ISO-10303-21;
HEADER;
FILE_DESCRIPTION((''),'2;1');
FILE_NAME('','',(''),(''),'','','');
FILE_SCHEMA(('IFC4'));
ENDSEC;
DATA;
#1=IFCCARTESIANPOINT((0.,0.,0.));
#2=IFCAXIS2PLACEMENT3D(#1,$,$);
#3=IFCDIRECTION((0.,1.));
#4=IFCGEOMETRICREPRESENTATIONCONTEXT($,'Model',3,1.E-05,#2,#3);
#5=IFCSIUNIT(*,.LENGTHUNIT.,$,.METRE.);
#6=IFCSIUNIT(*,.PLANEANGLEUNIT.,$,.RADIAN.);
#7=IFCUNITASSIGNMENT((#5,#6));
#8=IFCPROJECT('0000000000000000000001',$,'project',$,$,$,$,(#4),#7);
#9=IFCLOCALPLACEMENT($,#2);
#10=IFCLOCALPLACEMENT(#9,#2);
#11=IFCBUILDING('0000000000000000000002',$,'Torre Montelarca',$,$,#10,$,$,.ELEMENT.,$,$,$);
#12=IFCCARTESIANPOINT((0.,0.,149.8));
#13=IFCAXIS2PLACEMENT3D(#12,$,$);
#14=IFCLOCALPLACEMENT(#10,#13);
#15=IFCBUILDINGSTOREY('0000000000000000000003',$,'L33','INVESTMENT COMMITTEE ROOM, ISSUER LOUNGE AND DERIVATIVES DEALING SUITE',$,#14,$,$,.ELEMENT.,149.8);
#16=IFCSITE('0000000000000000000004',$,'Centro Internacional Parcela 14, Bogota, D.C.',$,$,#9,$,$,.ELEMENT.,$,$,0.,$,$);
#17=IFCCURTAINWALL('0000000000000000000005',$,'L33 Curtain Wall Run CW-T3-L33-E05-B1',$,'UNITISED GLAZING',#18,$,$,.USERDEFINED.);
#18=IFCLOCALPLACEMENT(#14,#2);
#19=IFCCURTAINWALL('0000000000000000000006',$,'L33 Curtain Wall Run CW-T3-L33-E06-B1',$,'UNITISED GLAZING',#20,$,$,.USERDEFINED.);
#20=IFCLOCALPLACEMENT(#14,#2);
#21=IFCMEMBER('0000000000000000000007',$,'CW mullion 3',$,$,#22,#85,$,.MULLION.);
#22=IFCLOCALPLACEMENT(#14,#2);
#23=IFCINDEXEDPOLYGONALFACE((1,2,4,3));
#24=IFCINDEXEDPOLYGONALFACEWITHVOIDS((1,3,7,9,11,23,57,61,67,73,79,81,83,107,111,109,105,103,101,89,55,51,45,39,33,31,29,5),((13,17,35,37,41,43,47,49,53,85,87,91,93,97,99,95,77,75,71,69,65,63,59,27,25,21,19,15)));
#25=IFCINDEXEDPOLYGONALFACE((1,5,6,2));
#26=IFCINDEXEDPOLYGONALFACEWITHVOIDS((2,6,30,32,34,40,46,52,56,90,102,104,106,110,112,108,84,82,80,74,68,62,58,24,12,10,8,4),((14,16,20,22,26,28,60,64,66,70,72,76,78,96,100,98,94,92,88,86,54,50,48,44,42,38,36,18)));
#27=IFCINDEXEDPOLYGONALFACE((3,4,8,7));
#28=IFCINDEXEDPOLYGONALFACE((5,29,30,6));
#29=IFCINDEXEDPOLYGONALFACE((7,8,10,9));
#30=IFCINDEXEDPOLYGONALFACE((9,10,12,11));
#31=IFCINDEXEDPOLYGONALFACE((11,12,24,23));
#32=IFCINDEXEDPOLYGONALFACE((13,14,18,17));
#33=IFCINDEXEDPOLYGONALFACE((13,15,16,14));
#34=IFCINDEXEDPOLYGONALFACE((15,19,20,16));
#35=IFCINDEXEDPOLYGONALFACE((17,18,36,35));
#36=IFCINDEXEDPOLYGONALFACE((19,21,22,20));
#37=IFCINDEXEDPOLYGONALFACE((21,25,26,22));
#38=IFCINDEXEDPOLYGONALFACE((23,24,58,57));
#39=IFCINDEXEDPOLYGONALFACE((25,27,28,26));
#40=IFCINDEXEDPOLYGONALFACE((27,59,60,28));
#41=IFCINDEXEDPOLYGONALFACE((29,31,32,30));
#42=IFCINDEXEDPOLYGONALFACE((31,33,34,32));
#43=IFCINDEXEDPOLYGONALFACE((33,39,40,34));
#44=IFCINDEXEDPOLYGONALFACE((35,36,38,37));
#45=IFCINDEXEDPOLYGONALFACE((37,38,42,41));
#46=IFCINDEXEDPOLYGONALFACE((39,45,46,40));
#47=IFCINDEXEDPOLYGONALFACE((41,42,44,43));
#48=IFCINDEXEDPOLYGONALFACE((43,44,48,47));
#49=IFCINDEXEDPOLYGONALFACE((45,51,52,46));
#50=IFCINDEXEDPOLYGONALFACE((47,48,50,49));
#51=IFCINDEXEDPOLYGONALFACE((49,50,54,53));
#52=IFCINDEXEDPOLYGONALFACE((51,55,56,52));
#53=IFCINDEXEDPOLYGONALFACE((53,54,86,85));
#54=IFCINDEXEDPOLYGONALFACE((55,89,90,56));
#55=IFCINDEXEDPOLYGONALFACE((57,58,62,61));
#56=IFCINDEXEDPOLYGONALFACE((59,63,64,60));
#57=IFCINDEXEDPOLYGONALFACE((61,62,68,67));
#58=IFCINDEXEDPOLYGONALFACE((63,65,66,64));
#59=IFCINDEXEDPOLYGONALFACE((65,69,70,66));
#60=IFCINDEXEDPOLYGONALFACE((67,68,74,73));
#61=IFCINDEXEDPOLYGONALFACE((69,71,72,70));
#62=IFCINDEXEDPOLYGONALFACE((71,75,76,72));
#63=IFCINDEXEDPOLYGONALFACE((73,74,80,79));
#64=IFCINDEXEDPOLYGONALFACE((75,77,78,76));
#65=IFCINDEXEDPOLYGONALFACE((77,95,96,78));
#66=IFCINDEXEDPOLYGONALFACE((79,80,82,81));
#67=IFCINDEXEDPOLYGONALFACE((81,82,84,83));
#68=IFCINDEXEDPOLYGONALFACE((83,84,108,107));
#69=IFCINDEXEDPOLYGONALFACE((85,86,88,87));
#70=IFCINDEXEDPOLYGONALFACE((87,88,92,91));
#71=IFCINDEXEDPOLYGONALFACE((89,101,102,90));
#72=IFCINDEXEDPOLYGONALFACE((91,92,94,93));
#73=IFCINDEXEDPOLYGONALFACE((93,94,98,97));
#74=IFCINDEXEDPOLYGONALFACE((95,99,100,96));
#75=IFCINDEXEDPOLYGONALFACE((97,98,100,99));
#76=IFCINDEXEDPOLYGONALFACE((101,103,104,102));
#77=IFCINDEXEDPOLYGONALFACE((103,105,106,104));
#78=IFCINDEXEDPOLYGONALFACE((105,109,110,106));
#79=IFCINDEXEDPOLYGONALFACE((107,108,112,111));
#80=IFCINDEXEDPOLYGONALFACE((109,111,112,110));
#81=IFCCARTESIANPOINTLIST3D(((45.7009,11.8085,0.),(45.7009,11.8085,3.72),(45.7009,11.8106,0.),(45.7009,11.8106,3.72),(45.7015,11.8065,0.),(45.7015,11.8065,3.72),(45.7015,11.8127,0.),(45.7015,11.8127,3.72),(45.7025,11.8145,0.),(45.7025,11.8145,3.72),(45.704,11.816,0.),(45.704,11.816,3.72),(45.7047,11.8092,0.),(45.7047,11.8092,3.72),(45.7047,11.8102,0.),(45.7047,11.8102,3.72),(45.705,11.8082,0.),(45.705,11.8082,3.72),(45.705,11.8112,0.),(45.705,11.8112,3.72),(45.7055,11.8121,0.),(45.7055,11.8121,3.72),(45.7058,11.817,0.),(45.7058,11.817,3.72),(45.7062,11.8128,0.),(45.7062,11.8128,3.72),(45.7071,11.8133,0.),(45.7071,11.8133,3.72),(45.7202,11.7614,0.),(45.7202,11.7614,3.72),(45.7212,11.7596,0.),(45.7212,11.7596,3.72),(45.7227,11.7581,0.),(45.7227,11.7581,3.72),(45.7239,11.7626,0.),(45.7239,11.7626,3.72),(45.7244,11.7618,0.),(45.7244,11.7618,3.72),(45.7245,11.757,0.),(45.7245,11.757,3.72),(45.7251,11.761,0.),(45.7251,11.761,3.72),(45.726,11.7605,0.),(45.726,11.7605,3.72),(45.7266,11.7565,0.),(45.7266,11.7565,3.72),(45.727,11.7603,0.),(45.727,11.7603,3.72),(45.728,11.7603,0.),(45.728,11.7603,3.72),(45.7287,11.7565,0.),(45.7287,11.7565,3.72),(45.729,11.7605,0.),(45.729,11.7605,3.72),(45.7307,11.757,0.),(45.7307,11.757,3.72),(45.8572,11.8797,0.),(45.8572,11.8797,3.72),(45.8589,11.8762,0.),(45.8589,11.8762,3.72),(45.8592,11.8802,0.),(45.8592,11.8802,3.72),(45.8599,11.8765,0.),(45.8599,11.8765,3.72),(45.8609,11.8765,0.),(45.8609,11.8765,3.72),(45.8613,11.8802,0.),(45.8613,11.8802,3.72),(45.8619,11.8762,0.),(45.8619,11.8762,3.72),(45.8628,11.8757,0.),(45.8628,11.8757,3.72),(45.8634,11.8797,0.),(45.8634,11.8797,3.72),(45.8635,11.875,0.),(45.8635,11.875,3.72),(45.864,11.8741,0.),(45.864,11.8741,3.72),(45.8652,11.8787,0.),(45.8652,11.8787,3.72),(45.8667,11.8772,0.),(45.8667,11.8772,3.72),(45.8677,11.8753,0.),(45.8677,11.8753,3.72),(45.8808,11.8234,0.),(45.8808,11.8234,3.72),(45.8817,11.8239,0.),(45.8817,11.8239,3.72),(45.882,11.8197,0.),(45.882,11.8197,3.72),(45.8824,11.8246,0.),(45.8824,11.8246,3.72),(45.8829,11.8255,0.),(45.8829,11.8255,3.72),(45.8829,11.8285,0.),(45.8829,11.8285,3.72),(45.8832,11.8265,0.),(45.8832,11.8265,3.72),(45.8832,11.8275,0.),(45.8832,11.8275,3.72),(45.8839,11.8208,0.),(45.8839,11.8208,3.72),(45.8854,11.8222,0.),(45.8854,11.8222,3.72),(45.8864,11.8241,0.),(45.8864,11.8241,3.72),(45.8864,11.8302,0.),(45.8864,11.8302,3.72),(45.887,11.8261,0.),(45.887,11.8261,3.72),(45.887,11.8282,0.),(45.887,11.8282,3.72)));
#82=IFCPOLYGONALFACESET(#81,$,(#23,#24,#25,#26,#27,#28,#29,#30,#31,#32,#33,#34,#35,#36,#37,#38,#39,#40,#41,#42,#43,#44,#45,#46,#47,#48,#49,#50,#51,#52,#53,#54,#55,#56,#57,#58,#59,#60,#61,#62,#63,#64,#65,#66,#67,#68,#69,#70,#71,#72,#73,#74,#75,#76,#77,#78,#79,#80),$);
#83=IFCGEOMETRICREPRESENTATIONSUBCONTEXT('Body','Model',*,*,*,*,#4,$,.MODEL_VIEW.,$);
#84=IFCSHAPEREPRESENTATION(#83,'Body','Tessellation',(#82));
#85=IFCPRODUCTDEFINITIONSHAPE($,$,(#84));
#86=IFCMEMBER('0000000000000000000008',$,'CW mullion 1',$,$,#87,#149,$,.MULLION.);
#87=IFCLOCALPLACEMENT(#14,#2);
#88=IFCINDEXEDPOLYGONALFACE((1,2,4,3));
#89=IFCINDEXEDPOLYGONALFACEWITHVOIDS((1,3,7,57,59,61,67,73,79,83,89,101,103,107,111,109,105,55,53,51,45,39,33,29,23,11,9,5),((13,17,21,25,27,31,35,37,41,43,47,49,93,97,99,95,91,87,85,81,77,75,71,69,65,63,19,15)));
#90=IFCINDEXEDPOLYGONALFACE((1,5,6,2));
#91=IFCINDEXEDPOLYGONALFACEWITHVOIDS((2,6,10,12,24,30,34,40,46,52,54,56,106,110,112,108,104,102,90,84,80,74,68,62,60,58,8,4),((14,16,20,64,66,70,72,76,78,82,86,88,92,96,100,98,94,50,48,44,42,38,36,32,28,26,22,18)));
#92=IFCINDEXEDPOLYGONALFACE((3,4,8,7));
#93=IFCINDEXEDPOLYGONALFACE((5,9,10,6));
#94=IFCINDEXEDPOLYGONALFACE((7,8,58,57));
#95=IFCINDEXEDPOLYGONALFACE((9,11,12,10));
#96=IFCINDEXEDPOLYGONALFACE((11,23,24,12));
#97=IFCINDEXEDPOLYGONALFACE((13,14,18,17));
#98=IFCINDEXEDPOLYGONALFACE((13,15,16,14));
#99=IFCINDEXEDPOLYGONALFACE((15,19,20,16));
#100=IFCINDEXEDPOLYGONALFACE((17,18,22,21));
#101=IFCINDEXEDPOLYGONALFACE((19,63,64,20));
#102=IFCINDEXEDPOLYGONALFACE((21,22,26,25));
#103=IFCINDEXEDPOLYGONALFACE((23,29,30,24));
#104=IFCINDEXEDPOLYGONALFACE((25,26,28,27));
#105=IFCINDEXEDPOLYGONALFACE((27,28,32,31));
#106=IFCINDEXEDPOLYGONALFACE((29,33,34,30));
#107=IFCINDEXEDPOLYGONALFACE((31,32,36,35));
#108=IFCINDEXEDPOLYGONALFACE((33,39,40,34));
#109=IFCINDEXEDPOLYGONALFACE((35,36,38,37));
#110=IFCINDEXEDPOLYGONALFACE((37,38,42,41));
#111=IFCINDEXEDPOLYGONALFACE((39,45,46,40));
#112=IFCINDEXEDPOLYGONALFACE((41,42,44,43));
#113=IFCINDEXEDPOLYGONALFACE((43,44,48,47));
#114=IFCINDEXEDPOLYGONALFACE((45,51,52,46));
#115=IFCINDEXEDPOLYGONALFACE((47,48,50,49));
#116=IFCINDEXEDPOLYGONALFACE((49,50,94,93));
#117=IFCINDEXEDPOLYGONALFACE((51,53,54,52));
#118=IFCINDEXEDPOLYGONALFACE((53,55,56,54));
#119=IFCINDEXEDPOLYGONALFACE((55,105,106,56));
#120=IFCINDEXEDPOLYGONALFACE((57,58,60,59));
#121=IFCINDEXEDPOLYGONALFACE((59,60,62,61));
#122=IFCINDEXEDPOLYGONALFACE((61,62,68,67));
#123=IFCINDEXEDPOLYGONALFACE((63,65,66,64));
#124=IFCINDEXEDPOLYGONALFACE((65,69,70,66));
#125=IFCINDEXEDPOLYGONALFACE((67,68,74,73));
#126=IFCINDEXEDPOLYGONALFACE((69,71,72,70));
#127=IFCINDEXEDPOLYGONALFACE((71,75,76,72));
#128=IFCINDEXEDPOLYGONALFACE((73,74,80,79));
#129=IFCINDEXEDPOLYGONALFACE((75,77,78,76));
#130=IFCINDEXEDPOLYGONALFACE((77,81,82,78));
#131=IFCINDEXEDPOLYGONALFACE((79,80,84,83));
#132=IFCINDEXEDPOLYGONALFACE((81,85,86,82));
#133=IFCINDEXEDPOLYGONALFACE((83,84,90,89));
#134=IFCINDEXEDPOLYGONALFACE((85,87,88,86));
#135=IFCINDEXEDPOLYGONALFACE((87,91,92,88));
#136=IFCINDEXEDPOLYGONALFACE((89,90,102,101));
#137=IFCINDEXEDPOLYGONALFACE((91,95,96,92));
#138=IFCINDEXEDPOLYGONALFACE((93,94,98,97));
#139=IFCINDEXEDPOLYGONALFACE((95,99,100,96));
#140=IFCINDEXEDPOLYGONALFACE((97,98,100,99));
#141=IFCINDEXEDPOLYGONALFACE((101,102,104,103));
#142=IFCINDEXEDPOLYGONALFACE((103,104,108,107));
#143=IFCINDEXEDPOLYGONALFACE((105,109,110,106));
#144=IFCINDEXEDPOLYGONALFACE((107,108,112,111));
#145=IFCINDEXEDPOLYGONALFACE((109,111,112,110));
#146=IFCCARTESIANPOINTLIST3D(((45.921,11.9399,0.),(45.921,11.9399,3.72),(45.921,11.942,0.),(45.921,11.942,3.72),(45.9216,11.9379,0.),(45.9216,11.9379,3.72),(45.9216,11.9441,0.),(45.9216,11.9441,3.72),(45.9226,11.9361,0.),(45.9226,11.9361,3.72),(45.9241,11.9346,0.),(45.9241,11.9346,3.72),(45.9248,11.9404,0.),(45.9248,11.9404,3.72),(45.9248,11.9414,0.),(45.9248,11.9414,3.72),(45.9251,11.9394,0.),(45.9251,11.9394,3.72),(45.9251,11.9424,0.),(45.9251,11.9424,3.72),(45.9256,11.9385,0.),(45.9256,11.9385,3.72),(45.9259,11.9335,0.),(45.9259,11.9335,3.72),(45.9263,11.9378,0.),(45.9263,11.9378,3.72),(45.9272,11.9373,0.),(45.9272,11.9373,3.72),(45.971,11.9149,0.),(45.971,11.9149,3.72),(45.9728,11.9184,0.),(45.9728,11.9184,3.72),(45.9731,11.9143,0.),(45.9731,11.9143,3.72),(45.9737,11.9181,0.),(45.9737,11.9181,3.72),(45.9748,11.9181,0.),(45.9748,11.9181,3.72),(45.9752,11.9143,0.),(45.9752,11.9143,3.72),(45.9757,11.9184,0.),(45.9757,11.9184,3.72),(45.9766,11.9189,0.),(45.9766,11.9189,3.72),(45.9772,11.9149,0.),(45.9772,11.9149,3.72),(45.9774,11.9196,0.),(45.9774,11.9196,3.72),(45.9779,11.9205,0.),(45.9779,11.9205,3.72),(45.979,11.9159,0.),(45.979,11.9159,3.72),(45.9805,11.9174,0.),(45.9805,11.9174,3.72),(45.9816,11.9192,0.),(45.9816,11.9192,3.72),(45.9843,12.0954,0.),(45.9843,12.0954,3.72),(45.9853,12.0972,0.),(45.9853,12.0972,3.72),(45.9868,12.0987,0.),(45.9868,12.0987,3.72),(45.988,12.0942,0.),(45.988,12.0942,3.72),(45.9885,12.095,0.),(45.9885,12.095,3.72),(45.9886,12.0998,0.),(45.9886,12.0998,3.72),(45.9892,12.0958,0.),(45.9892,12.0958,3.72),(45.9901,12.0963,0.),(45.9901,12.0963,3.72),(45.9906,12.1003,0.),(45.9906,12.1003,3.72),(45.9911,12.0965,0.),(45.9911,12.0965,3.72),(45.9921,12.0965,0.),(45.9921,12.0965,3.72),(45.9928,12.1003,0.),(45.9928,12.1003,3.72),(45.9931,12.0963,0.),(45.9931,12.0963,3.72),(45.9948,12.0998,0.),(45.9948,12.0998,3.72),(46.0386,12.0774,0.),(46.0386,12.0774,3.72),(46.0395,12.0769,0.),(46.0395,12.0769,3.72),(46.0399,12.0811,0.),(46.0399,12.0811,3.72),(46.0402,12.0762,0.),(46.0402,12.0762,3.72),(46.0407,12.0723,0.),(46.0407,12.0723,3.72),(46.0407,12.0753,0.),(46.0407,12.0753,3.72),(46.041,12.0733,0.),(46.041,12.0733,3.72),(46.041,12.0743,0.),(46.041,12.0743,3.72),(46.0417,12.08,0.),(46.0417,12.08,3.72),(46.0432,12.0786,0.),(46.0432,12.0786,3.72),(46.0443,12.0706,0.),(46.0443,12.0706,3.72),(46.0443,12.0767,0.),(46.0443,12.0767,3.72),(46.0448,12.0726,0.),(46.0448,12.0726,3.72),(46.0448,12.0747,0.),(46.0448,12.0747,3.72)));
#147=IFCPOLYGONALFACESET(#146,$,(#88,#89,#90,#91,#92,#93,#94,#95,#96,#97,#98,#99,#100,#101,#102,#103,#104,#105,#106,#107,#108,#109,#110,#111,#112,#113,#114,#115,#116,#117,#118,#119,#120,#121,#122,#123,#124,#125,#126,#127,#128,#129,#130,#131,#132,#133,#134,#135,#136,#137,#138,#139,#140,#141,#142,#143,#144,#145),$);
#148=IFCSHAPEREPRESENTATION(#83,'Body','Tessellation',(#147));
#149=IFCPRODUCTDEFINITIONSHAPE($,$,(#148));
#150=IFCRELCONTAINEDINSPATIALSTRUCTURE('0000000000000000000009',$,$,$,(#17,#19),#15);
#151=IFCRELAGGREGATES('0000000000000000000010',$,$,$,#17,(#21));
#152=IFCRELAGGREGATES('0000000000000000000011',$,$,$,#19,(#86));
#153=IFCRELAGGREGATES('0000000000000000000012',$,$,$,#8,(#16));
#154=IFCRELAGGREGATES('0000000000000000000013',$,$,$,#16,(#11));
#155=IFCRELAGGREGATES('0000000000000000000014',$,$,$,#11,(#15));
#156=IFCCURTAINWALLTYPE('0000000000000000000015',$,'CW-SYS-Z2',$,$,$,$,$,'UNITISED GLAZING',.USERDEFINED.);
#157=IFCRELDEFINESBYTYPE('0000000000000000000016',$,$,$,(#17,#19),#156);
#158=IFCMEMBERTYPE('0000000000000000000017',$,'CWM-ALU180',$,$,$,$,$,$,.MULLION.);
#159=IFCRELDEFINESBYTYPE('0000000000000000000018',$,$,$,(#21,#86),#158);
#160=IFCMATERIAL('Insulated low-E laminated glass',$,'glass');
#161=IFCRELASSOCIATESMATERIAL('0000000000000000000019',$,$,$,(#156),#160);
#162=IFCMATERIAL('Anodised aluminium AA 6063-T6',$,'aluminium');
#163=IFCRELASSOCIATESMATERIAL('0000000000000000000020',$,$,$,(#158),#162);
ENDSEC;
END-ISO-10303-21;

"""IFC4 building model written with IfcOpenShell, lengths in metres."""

from ifc_helpers import new_model, si_unit, direction, frame, origin, origin_2d, place, context, subcontext, project, spatial, hollow_rectangle, extrude, source, transform, mapped, material, material_profile, profile_set, type_object, element, aggregate, save


model = new_model("IFC4")

# Units and contexts
model_context = context("Model", 3, precision=1e-05, world=origin(), true_north=direction((0.0, 1.0)))
body_context = subcontext(model_context, "Body", "Model", "MODEL_VIEW")
ifc_project = project(units=[si_unit("LENGTHUNIT", "METRE"), si_unit("PLANEANGLEUNIT", "RADIAN")], contexts=[model_context])

# Site, building, storey
site_placement = place(None, origin())
site = spatial("IfcSite", under=ifc_project, at=site_placement, Name="Centro Internacional Parcela 14, Bogota, D.C.", CompositionType="ELEMENT", RefElevation=0.0)
building_placement = place(site_placement, origin())
building = spatial("IfcBuilding", under=site, at=building_placement, Name="Torre Montelarca", CompositionType="ELEMENT")
storey_placement = place(building_placement, frame((0.0, 0.0, 149.8)))
storey = spatial("IfcBuildingStorey", under=building, at=storey_placement, Name="L33", Description="INVESTMENT COMMITTEE ROOM, ISSUER LOUNGE AND DERIVATIVES DEALING SUITE", CompositionType="ELEMENT", Elevation=149.8)

# Curtain walls
ifc_material_1 = material(Name="Insulated low-E laminated glass", Category="glass")
curtain_wall_type = type_object("IfcCurtainWallType", Name="CW-SYS-Z2", ElementType="UNITISED GLAZING", PredefinedType="USERDEFINED", material=ifc_material_1)
curtain_wall_1_placement = place(storey_placement, origin())
curtain_wall_1 = element("IfcCurtainWall", 1, at=curtain_wall_1_placement, inside=storey, type_object=curtain_wall_type, Name="L33 Curtain Wall Run CW-T3-L33-E05-B1", ObjectType="UNITISED GLAZING", PredefinedType="USERDEFINED")
ifc_material_2 = material(Name="Anodised aluminium AA 6063-T6", Category="aluminium")
curtain_wall_2_placement = place(storey_placement, origin())
curtain_wall_2 = element("IfcCurtainWall", 2, at=curtain_wall_2_placement, inside=storey, type_object=curtain_wall_type, Name="L33 Curtain Wall Run CW-T3-L33-E06-B1", ObjectType="UNITISED GLAZING", PredefinedType="USERDEFINED")
ifc_material_profile_1 = material_profile(ifc_material_2, hollow_rectangle(XDim=0.0649, YDim=0.1799, WallThickness=0.0039, InnerFilletRadius=0.0039, OuterFilletRadius=0.0081, at=origin_2d()), Name="ALU65X180X4", Category="aluminium")
ifc_profile_set_1 = profile_set([ifc_material_profile_1], Name="Anodised aluminium AA 6063-T6")
member_type_1 = type_object("IfcMemberType", Name="CWM-ALU180", PredefinedType="MULLION", material=ifc_profile_set_1)
shared_shape_1 = source(origin(), body_context, "Body", "SweptSolid", [
    extrude(hollow_rectangle(XDim=0.0649, YDim=0.1799, WallThickness=0.0039, InnerFilletRadius=0.0039, OuterFilletRadius=0.0081, at=origin_2d()), origin(), (0.0, 0.0, 1.0), 3.72),
])

# Members
member_1_placement = place(storey_placement, frame((45.7939, 11.8184, 0.0), z_axis=(0.0, 0.0, 1.0), x_axis=(-0.382662, 0.923889, 0.0)))
member_1 = element("IfcMember", 3, at=member_1_placement, type_object=member_type_1, Name="CW mullion 3", PredefinedType="MULLION", context=body_context, shape_type="MappedRepresentation", body=[
    mapped(shared_shape_1, transform((0.0, 0.0, 0.0), scale=1.0)),
])
member_2_placement = place(storey_placement, frame((45.9829, 12.0073, 0.0), z_axis=(0.0, 0.0, 1.0), x_axis=(-0.923881, 0.382679, 0.0)))
member_2 = element("IfcMember", 4, at=member_2_placement, type_object=member_type_1, Name="CW mullion 1", PredefinedType="MULLION", context=body_context, shape_type="MappedRepresentation", body=[
    mapped(shared_shape_1, transform((0.0, 0.0, 0.0), scale=1.0)),
])

aggregate(curtain_wall_1, [member_1])
aggregate(curtain_wall_2, [member_2])

save(model, "model.ifc")
